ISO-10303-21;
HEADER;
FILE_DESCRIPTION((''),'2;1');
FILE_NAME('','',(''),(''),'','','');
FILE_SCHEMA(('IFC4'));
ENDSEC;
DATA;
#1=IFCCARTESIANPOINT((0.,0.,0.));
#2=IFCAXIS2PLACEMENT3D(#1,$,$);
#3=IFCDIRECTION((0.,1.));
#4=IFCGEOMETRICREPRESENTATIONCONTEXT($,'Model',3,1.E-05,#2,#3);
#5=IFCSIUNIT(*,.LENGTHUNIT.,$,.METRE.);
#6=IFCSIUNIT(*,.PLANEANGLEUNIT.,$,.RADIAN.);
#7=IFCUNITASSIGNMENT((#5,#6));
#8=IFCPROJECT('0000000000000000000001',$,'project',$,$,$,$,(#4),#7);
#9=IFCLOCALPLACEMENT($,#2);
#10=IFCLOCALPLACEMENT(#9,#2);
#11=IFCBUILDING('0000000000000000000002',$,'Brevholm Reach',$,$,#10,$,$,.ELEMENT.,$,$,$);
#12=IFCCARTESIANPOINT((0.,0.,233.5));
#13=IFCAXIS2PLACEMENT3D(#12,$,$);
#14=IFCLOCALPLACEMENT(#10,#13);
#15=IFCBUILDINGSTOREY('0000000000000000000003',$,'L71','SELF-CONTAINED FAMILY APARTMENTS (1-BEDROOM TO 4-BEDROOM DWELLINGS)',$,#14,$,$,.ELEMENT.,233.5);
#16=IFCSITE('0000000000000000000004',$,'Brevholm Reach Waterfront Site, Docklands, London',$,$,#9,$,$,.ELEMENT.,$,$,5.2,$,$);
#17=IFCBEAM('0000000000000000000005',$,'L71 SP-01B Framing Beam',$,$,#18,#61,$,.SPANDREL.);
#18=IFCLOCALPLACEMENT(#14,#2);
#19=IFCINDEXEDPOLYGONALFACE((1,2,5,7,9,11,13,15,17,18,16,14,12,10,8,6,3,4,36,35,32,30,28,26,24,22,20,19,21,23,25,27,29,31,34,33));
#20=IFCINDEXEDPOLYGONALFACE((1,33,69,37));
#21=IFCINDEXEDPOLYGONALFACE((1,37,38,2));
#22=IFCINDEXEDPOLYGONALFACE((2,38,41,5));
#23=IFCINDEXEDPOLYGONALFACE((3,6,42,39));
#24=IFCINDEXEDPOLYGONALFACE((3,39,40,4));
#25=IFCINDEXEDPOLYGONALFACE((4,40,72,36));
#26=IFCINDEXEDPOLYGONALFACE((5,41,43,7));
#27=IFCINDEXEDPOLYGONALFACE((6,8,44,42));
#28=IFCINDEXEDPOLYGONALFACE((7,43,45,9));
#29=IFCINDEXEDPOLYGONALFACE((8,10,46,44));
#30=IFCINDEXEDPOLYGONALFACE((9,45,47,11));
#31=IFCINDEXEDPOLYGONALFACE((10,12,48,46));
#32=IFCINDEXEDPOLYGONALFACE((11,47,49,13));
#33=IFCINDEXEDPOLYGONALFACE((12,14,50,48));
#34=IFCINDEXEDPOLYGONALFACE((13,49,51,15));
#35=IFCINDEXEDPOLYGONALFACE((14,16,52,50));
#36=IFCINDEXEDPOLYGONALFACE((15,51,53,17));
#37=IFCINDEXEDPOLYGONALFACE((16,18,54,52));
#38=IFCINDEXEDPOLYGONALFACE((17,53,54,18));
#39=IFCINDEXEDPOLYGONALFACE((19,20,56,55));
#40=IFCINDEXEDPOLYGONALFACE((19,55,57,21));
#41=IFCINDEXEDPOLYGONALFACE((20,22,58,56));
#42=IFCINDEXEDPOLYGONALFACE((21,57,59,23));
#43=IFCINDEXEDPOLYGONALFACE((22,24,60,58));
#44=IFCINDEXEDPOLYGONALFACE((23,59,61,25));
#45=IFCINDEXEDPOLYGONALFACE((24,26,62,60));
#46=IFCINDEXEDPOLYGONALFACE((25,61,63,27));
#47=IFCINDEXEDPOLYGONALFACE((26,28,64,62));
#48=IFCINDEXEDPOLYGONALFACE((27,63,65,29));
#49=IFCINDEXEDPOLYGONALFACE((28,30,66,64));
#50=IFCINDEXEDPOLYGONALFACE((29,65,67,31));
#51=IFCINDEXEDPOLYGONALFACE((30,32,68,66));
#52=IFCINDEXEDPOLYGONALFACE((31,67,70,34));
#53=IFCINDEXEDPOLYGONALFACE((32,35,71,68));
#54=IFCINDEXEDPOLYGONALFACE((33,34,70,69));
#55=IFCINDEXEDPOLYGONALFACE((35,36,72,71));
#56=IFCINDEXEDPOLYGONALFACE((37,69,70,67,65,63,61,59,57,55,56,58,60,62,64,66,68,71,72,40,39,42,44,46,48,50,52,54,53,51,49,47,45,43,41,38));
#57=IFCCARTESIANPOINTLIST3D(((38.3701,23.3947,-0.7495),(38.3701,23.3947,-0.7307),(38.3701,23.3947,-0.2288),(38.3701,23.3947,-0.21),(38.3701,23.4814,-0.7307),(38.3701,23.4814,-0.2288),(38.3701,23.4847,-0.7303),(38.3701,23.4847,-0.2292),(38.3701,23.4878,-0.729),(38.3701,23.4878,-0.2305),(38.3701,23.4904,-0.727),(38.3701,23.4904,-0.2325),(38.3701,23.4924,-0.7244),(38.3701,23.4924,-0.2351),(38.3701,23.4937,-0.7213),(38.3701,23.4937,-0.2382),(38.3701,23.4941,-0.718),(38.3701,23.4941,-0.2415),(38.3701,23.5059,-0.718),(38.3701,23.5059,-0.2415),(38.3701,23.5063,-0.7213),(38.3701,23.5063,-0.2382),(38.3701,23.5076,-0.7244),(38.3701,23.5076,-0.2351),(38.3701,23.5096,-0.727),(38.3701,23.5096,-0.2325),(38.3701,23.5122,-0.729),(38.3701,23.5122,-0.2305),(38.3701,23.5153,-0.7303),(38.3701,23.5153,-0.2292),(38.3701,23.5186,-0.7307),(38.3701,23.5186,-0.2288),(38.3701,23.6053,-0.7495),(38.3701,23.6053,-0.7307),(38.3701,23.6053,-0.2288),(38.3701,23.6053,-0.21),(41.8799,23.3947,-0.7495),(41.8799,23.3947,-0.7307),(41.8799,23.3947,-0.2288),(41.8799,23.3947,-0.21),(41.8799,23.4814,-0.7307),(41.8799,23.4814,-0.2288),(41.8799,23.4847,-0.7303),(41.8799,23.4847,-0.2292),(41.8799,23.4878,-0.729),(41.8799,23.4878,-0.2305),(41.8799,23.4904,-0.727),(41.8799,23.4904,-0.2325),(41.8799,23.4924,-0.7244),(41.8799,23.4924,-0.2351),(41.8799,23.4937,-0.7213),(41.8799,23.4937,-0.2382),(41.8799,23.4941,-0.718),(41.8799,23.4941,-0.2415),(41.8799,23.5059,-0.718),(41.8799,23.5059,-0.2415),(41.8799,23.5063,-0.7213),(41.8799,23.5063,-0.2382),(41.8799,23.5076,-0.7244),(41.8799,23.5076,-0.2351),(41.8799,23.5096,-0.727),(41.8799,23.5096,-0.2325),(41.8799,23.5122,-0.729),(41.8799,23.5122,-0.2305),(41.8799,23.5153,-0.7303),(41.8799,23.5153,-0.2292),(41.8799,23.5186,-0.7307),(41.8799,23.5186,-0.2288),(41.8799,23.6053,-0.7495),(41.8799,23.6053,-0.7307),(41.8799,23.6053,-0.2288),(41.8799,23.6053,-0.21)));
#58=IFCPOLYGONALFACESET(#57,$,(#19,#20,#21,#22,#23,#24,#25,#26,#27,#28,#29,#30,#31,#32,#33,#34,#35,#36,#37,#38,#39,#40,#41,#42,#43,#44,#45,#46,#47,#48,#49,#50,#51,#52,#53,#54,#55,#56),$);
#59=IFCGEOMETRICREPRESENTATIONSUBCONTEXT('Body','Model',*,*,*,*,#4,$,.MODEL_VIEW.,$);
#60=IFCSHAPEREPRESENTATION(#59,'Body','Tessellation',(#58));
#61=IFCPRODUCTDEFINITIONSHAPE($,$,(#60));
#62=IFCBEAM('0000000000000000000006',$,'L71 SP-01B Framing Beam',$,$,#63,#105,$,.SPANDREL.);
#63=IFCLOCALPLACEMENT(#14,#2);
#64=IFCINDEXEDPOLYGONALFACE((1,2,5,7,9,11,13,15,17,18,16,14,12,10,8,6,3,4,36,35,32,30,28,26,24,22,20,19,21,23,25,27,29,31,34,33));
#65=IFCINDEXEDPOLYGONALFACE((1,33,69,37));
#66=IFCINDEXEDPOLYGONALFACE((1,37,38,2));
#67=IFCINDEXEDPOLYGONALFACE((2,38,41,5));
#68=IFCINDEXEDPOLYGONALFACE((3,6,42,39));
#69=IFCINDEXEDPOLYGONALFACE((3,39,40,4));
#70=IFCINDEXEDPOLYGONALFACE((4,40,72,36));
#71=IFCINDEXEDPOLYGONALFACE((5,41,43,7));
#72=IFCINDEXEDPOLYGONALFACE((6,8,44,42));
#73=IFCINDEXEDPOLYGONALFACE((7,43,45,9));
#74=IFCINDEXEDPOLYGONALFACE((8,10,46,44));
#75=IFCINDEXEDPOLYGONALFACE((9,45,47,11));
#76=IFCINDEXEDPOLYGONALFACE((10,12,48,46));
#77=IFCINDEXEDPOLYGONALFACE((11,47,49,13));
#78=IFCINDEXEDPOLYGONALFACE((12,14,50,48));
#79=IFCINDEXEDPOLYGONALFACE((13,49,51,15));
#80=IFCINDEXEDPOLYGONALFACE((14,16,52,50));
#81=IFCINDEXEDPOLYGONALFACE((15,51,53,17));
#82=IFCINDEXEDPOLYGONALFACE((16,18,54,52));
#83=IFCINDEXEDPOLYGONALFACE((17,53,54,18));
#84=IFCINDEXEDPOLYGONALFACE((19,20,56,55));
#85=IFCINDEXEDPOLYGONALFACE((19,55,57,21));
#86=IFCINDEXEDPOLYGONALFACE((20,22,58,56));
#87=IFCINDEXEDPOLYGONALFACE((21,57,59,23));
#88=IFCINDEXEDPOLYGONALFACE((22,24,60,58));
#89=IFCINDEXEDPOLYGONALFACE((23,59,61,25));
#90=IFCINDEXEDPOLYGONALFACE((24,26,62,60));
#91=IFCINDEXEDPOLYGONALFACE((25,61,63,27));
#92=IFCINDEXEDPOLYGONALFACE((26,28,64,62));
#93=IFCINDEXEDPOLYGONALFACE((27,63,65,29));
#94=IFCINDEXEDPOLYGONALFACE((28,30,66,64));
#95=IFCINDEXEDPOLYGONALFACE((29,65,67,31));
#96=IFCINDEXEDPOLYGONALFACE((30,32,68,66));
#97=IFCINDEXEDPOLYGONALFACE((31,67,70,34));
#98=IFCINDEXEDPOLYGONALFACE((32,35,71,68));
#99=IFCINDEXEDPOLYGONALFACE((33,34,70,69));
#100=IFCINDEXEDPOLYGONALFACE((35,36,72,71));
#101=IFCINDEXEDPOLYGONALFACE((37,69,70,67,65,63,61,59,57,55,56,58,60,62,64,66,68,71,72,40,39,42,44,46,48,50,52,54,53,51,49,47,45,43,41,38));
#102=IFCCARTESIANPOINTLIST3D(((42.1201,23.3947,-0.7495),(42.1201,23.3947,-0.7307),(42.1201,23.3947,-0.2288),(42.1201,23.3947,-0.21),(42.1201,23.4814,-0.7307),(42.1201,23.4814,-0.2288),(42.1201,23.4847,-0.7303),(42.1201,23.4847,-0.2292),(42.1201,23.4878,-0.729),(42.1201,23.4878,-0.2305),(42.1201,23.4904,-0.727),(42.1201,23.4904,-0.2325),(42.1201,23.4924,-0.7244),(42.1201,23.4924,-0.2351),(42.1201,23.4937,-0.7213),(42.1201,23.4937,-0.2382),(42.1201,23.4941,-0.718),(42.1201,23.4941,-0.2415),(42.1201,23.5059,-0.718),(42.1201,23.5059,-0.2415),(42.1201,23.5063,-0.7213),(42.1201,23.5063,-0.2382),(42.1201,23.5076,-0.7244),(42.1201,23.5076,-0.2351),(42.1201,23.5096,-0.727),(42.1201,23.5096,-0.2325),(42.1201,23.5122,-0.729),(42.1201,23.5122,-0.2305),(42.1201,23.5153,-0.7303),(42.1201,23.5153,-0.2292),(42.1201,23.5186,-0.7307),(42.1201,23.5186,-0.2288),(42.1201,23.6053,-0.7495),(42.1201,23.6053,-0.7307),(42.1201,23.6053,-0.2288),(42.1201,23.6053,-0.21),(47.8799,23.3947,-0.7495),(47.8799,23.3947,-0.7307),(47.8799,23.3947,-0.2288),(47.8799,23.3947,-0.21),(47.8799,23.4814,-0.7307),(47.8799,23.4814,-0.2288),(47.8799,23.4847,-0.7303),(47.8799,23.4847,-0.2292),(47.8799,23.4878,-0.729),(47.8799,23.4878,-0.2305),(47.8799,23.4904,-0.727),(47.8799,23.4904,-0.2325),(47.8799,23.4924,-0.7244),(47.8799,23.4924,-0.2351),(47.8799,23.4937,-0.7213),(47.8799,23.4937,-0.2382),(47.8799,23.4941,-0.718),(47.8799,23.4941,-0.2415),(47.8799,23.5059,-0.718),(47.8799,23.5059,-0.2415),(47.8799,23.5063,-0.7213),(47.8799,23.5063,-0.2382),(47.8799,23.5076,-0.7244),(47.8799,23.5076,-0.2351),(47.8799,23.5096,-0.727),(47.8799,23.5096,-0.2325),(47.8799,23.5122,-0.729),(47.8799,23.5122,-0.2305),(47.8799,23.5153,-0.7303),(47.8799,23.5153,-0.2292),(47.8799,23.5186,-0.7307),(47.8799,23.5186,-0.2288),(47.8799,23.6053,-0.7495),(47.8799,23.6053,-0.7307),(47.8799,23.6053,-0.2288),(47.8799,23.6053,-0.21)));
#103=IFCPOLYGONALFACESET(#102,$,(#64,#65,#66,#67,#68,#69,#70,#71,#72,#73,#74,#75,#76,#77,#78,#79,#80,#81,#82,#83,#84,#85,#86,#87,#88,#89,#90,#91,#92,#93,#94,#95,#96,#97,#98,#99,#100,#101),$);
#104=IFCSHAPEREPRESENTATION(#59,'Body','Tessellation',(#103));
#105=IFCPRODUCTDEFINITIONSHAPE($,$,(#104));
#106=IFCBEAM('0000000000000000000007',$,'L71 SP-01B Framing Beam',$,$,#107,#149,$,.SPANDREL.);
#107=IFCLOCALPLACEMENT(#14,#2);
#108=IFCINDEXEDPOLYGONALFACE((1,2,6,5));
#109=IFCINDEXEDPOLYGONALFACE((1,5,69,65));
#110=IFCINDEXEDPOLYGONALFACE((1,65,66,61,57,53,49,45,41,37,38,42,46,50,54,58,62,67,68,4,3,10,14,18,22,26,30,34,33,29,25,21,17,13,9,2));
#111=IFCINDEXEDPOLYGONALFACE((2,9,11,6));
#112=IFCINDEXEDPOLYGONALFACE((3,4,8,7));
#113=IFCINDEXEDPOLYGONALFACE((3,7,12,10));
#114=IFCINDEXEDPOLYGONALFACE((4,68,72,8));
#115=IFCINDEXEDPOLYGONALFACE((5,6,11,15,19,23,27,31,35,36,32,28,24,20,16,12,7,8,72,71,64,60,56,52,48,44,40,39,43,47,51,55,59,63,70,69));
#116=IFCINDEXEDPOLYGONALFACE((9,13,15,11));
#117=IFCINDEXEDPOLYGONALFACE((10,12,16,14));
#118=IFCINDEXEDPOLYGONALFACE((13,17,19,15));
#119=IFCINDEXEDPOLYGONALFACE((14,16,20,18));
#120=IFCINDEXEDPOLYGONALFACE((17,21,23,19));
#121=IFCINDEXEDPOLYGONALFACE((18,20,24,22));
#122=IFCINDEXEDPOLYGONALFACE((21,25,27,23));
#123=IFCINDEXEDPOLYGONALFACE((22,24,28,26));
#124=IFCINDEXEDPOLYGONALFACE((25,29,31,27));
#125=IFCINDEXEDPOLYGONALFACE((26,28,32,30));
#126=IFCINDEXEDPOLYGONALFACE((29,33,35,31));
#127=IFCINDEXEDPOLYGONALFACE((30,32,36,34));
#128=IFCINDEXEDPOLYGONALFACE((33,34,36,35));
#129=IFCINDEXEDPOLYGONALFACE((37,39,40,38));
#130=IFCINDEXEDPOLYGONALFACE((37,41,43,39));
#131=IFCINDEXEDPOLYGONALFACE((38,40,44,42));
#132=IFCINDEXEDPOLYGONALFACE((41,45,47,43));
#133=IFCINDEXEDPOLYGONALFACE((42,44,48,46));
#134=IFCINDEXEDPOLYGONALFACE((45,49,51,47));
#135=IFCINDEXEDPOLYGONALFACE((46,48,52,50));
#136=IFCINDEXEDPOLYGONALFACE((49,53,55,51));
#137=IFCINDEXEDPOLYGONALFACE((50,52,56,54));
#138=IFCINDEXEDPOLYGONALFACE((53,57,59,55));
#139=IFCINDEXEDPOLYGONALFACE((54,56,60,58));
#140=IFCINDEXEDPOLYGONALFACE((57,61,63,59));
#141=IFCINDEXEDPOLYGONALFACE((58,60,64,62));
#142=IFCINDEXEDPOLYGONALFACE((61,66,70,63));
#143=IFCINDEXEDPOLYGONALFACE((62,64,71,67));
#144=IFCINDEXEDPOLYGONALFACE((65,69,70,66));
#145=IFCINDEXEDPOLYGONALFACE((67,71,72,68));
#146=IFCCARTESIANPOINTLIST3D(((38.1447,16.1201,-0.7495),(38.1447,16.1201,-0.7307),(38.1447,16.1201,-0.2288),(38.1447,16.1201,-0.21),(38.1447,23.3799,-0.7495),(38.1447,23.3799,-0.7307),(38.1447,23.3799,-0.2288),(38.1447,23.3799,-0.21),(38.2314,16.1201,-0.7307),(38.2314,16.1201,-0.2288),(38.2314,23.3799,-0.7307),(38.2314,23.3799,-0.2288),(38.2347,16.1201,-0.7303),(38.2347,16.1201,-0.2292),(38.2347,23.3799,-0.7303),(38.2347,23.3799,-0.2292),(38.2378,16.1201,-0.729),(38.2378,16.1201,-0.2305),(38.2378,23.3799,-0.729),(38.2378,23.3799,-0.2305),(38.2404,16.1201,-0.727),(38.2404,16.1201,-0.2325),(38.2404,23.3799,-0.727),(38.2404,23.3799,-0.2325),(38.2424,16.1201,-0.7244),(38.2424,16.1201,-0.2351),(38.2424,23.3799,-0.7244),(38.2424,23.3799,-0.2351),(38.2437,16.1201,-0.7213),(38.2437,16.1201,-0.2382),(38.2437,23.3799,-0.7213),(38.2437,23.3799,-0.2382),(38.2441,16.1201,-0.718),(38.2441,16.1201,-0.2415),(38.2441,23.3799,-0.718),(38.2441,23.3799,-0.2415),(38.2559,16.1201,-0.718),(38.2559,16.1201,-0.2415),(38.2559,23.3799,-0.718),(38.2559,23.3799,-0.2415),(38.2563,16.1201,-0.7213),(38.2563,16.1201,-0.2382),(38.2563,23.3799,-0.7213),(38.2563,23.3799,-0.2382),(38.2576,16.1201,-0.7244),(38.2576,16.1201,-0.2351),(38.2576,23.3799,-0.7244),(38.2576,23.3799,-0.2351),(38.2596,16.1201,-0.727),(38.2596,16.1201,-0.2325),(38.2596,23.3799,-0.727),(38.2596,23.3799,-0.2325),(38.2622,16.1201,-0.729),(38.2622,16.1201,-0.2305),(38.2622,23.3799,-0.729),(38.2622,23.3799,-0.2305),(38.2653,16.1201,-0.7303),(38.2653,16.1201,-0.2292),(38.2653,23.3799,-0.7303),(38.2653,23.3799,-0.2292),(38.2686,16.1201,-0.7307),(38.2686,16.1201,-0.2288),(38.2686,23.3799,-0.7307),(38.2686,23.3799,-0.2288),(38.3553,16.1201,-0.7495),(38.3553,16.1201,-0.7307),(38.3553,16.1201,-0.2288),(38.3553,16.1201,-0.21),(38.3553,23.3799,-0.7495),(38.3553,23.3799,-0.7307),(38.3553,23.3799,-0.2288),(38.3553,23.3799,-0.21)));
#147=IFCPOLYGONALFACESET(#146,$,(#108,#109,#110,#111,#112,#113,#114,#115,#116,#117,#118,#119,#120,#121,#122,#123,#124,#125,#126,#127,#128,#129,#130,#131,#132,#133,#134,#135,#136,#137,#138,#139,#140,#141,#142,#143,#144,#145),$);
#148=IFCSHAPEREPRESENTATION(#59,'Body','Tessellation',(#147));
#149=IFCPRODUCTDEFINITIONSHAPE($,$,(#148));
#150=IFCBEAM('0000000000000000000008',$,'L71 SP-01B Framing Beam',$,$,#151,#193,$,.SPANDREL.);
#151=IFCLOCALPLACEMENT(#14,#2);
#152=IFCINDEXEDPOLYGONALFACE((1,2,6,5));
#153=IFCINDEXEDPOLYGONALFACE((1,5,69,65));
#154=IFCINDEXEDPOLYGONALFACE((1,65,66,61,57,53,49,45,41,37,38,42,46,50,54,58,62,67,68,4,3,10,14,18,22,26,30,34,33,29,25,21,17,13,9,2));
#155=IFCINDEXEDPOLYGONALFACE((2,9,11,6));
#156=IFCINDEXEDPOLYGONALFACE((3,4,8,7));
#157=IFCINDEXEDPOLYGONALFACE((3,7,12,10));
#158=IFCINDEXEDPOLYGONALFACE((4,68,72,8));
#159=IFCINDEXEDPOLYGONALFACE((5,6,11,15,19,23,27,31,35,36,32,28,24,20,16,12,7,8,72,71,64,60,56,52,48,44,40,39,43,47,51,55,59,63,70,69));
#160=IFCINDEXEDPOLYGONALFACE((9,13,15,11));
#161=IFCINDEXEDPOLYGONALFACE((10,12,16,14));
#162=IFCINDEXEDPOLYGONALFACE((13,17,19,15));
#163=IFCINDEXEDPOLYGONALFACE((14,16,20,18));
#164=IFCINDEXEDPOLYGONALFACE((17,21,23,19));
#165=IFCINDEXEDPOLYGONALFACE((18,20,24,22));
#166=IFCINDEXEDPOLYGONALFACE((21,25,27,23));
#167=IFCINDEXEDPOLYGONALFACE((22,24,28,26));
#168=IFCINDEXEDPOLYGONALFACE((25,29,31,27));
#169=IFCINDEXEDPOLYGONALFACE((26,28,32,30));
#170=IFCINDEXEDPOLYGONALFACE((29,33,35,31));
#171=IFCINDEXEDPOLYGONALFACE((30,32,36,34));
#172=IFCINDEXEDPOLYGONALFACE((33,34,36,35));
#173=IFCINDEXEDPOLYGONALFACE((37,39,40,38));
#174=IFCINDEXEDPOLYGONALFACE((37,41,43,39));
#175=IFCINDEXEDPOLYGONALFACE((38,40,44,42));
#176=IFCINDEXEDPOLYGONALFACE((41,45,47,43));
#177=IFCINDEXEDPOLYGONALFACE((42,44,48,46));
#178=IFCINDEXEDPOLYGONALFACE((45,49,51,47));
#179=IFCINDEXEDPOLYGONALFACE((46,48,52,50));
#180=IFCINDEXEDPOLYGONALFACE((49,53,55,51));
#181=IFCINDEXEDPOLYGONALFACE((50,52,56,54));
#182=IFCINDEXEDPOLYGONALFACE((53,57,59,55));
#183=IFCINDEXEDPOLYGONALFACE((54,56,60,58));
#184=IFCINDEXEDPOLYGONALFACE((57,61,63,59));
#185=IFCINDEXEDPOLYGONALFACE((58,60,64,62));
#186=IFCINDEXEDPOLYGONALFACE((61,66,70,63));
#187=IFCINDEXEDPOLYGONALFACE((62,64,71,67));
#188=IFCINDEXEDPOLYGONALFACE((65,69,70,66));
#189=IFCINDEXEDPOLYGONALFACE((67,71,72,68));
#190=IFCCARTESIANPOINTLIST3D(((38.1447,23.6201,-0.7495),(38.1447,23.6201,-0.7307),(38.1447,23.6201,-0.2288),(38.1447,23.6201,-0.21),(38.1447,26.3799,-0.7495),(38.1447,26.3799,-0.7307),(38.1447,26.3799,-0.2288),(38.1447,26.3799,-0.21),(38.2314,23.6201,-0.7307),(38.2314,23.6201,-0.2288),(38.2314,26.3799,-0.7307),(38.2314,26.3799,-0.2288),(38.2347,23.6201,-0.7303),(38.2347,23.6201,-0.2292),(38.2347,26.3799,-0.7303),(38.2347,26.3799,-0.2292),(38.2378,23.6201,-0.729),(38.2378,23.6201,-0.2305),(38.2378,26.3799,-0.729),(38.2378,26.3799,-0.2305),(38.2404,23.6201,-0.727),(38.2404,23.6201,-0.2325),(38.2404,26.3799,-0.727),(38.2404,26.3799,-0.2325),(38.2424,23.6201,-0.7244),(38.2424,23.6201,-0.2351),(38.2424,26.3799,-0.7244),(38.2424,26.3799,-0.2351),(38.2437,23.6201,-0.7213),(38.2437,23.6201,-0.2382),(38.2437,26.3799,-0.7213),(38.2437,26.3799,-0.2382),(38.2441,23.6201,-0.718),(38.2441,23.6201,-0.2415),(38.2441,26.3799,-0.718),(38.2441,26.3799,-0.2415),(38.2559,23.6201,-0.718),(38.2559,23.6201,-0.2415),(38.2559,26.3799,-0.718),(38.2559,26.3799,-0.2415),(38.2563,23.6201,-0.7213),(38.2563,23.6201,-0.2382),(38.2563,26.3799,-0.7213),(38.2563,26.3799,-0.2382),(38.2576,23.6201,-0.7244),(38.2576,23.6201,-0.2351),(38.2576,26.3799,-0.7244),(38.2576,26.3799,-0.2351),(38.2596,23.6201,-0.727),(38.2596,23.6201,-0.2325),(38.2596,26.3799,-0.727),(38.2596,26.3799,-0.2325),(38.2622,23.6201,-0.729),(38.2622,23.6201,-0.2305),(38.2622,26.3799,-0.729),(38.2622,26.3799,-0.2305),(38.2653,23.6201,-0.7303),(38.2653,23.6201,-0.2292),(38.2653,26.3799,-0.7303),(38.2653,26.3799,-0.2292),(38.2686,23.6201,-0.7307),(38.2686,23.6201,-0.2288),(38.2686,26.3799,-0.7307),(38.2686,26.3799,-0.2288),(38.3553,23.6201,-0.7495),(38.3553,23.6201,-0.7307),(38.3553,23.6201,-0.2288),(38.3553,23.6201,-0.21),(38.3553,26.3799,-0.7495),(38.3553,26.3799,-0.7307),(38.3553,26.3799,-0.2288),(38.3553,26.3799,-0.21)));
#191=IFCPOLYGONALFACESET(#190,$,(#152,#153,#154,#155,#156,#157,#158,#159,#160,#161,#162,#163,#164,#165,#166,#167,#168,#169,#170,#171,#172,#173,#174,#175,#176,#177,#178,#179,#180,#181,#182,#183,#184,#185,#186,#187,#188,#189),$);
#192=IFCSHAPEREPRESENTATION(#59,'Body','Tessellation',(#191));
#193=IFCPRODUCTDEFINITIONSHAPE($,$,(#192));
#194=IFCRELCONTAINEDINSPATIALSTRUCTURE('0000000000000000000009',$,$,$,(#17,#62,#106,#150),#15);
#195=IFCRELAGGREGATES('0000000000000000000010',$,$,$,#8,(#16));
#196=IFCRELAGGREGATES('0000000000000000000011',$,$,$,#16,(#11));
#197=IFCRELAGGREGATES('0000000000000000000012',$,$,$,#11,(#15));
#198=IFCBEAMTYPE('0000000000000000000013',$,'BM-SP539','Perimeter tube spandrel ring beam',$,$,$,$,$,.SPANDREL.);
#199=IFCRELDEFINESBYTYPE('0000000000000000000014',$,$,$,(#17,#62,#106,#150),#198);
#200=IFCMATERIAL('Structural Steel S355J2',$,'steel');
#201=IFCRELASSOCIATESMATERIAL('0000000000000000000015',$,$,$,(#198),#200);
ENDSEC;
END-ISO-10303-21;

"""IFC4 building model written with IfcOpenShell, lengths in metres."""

from ifc_helpers import new_model, si_unit, direction, frame, origin, origin_2d, place, context, subcontext, project, spatial, i_section, extrude, material, material_profile, profile_set, type_object, element, save


model = new_model("IFC4")

# Units and contexts
model_context = context("Model", 3, precision=1e-05, world=origin(), true_north=direction((0.0, 1.0)))
body_context = subcontext(model_context, "Body", "Model", "MODEL_VIEW")
ifc_project = project(units=[si_unit("LENGTHUNIT", "METRE"), si_unit("PLANEANGLEUNIT", "RADIAN")], contexts=[model_context])

# Site, building, storey
site_placement = place(None, origin())
site = spatial("IfcSite", under=ifc_project, at=site_placement, Name="Brevholm Reach Waterfront Site, Docklands, London", CompositionType="ELEMENT", RefElevation=5.2)
building_placement = place(site_placement, origin())
building = spatial("IfcBuilding", under=site, at=building_placement, Name="Brevholm Reach", CompositionType="ELEMENT")
storey_placement = place(building_placement, frame((0.0, 0.0, 233.5)))
storey = spatial("IfcBuildingStorey", under=building, at=storey_placement, Name="L71", Description="SELF-CONTAINED FAMILY APARTMENTS (1-BEDROOM TO 4-BEDROOM DWELLINGS)", CompositionType="ELEMENT", Elevation=233.5)

# Beams
ifc_material_1 = material(Name="Structural Steel S355J2", Category="steel")
ifc_material_profile_1 = material_profile(ifc_material_1, i_section(OverallWidth=0.2107, OverallDepth=0.5396, WebThickness=0.0117, FlangeThickness=0.0188, FilletRadius=0.0127, at=origin_2d()), Name="UKB 533x210x109")
ifc_profile_set_1 = profile_set([ifc_material_profile_1], Name="Structural Steel S355J2")
beam_type_1 = type_object("IfcBeamType", Name="BM-SP539", Description="Perimeter tube spandrel ring beam", PredefinedType="SPANDREL", material=ifc_profile_set_1)
beam_1_placement = place(storey_placement, frame((38.3701, 23.5, -0.4797), z_axis=(1.0, 0.0, 0.0), x_axis=(0.0, 1.0, 0.0)))
element("IfcBeam", 1, at=beam_1_placement, inside=storey, type_object=beam_type_1, Name="L71 SP-01B Framing Beam", PredefinedType="SPANDREL", context=body_context, shape_type="SweptSolid", body=[
    extrude(i_section(OverallWidth=0.2107, OverallDepth=0.5396, WebThickness=0.0117, FlangeThickness=0.0188, FilletRadius=0.0127, at=origin_2d()), origin(), (0.0, 0.0, 1.0), 3.5098),
])
beam_2_placement = place(storey_placement, frame((42.1201, 23.5, -0.4797), z_axis=(1.0, 0.0, 0.0), x_axis=(0.0, 1.0, 0.0)))
element("IfcBeam", 2, at=beam_2_placement, inside=storey, type_object=beam_type_1, Name="L71 SP-01B Framing Beam", PredefinedType="SPANDREL", context=body_context, shape_type="SweptSolid", body=[
    extrude(i_section(OverallWidth=0.2107, OverallDepth=0.5396, WebThickness=0.0117, FlangeThickness=0.0188, FilletRadius=0.0127, at=origin_2d()), origin(), (0.0, 0.0, 1.0), 5.7598),
])
beam_3_placement = place(storey_placement, frame((38.25, 16.1201, -0.4797), z_axis=(0.0, 1.0, 0.0), x_axis=(-1.0, 0.0, 0.0)))
element("IfcBeam", 3, at=beam_3_placement, inside=storey, type_object=beam_type_1, Name="L71 SP-01B Framing Beam", PredefinedType="SPANDREL", context=body_context, shape_type="SweptSolid", body=[
    extrude(i_section(OverallWidth=0.2107, OverallDepth=0.5396, WebThickness=0.0117, FlangeThickness=0.0188, FilletRadius=0.0127, at=origin_2d()), origin(), (0.0, 0.0, 1.0), 7.2598),
])
beam_4_placement = place(storey_placement, frame((38.25, 23.6201, -0.4797), z_axis=(0.0, 1.0, 0.0), x_axis=(-1.0, 0.0, 0.0)))
element("IfcBeam", 4, at=beam_4_placement, inside=storey, type_object=beam_type_1, Name="L71 SP-01B Framing Beam", PredefinedType="SPANDREL", context=body_context, shape_type="SweptSolid", body=[
    extrude(i_section(OverallWidth=0.2107, OverallDepth=0.5396, WebThickness=0.0117, FlangeThickness=0.0188, FilletRadius=0.0127, at=origin_2d()), origin(), (0.0, 0.0, 1.0), 2.7598),
])

save(model, "model.ifc")
